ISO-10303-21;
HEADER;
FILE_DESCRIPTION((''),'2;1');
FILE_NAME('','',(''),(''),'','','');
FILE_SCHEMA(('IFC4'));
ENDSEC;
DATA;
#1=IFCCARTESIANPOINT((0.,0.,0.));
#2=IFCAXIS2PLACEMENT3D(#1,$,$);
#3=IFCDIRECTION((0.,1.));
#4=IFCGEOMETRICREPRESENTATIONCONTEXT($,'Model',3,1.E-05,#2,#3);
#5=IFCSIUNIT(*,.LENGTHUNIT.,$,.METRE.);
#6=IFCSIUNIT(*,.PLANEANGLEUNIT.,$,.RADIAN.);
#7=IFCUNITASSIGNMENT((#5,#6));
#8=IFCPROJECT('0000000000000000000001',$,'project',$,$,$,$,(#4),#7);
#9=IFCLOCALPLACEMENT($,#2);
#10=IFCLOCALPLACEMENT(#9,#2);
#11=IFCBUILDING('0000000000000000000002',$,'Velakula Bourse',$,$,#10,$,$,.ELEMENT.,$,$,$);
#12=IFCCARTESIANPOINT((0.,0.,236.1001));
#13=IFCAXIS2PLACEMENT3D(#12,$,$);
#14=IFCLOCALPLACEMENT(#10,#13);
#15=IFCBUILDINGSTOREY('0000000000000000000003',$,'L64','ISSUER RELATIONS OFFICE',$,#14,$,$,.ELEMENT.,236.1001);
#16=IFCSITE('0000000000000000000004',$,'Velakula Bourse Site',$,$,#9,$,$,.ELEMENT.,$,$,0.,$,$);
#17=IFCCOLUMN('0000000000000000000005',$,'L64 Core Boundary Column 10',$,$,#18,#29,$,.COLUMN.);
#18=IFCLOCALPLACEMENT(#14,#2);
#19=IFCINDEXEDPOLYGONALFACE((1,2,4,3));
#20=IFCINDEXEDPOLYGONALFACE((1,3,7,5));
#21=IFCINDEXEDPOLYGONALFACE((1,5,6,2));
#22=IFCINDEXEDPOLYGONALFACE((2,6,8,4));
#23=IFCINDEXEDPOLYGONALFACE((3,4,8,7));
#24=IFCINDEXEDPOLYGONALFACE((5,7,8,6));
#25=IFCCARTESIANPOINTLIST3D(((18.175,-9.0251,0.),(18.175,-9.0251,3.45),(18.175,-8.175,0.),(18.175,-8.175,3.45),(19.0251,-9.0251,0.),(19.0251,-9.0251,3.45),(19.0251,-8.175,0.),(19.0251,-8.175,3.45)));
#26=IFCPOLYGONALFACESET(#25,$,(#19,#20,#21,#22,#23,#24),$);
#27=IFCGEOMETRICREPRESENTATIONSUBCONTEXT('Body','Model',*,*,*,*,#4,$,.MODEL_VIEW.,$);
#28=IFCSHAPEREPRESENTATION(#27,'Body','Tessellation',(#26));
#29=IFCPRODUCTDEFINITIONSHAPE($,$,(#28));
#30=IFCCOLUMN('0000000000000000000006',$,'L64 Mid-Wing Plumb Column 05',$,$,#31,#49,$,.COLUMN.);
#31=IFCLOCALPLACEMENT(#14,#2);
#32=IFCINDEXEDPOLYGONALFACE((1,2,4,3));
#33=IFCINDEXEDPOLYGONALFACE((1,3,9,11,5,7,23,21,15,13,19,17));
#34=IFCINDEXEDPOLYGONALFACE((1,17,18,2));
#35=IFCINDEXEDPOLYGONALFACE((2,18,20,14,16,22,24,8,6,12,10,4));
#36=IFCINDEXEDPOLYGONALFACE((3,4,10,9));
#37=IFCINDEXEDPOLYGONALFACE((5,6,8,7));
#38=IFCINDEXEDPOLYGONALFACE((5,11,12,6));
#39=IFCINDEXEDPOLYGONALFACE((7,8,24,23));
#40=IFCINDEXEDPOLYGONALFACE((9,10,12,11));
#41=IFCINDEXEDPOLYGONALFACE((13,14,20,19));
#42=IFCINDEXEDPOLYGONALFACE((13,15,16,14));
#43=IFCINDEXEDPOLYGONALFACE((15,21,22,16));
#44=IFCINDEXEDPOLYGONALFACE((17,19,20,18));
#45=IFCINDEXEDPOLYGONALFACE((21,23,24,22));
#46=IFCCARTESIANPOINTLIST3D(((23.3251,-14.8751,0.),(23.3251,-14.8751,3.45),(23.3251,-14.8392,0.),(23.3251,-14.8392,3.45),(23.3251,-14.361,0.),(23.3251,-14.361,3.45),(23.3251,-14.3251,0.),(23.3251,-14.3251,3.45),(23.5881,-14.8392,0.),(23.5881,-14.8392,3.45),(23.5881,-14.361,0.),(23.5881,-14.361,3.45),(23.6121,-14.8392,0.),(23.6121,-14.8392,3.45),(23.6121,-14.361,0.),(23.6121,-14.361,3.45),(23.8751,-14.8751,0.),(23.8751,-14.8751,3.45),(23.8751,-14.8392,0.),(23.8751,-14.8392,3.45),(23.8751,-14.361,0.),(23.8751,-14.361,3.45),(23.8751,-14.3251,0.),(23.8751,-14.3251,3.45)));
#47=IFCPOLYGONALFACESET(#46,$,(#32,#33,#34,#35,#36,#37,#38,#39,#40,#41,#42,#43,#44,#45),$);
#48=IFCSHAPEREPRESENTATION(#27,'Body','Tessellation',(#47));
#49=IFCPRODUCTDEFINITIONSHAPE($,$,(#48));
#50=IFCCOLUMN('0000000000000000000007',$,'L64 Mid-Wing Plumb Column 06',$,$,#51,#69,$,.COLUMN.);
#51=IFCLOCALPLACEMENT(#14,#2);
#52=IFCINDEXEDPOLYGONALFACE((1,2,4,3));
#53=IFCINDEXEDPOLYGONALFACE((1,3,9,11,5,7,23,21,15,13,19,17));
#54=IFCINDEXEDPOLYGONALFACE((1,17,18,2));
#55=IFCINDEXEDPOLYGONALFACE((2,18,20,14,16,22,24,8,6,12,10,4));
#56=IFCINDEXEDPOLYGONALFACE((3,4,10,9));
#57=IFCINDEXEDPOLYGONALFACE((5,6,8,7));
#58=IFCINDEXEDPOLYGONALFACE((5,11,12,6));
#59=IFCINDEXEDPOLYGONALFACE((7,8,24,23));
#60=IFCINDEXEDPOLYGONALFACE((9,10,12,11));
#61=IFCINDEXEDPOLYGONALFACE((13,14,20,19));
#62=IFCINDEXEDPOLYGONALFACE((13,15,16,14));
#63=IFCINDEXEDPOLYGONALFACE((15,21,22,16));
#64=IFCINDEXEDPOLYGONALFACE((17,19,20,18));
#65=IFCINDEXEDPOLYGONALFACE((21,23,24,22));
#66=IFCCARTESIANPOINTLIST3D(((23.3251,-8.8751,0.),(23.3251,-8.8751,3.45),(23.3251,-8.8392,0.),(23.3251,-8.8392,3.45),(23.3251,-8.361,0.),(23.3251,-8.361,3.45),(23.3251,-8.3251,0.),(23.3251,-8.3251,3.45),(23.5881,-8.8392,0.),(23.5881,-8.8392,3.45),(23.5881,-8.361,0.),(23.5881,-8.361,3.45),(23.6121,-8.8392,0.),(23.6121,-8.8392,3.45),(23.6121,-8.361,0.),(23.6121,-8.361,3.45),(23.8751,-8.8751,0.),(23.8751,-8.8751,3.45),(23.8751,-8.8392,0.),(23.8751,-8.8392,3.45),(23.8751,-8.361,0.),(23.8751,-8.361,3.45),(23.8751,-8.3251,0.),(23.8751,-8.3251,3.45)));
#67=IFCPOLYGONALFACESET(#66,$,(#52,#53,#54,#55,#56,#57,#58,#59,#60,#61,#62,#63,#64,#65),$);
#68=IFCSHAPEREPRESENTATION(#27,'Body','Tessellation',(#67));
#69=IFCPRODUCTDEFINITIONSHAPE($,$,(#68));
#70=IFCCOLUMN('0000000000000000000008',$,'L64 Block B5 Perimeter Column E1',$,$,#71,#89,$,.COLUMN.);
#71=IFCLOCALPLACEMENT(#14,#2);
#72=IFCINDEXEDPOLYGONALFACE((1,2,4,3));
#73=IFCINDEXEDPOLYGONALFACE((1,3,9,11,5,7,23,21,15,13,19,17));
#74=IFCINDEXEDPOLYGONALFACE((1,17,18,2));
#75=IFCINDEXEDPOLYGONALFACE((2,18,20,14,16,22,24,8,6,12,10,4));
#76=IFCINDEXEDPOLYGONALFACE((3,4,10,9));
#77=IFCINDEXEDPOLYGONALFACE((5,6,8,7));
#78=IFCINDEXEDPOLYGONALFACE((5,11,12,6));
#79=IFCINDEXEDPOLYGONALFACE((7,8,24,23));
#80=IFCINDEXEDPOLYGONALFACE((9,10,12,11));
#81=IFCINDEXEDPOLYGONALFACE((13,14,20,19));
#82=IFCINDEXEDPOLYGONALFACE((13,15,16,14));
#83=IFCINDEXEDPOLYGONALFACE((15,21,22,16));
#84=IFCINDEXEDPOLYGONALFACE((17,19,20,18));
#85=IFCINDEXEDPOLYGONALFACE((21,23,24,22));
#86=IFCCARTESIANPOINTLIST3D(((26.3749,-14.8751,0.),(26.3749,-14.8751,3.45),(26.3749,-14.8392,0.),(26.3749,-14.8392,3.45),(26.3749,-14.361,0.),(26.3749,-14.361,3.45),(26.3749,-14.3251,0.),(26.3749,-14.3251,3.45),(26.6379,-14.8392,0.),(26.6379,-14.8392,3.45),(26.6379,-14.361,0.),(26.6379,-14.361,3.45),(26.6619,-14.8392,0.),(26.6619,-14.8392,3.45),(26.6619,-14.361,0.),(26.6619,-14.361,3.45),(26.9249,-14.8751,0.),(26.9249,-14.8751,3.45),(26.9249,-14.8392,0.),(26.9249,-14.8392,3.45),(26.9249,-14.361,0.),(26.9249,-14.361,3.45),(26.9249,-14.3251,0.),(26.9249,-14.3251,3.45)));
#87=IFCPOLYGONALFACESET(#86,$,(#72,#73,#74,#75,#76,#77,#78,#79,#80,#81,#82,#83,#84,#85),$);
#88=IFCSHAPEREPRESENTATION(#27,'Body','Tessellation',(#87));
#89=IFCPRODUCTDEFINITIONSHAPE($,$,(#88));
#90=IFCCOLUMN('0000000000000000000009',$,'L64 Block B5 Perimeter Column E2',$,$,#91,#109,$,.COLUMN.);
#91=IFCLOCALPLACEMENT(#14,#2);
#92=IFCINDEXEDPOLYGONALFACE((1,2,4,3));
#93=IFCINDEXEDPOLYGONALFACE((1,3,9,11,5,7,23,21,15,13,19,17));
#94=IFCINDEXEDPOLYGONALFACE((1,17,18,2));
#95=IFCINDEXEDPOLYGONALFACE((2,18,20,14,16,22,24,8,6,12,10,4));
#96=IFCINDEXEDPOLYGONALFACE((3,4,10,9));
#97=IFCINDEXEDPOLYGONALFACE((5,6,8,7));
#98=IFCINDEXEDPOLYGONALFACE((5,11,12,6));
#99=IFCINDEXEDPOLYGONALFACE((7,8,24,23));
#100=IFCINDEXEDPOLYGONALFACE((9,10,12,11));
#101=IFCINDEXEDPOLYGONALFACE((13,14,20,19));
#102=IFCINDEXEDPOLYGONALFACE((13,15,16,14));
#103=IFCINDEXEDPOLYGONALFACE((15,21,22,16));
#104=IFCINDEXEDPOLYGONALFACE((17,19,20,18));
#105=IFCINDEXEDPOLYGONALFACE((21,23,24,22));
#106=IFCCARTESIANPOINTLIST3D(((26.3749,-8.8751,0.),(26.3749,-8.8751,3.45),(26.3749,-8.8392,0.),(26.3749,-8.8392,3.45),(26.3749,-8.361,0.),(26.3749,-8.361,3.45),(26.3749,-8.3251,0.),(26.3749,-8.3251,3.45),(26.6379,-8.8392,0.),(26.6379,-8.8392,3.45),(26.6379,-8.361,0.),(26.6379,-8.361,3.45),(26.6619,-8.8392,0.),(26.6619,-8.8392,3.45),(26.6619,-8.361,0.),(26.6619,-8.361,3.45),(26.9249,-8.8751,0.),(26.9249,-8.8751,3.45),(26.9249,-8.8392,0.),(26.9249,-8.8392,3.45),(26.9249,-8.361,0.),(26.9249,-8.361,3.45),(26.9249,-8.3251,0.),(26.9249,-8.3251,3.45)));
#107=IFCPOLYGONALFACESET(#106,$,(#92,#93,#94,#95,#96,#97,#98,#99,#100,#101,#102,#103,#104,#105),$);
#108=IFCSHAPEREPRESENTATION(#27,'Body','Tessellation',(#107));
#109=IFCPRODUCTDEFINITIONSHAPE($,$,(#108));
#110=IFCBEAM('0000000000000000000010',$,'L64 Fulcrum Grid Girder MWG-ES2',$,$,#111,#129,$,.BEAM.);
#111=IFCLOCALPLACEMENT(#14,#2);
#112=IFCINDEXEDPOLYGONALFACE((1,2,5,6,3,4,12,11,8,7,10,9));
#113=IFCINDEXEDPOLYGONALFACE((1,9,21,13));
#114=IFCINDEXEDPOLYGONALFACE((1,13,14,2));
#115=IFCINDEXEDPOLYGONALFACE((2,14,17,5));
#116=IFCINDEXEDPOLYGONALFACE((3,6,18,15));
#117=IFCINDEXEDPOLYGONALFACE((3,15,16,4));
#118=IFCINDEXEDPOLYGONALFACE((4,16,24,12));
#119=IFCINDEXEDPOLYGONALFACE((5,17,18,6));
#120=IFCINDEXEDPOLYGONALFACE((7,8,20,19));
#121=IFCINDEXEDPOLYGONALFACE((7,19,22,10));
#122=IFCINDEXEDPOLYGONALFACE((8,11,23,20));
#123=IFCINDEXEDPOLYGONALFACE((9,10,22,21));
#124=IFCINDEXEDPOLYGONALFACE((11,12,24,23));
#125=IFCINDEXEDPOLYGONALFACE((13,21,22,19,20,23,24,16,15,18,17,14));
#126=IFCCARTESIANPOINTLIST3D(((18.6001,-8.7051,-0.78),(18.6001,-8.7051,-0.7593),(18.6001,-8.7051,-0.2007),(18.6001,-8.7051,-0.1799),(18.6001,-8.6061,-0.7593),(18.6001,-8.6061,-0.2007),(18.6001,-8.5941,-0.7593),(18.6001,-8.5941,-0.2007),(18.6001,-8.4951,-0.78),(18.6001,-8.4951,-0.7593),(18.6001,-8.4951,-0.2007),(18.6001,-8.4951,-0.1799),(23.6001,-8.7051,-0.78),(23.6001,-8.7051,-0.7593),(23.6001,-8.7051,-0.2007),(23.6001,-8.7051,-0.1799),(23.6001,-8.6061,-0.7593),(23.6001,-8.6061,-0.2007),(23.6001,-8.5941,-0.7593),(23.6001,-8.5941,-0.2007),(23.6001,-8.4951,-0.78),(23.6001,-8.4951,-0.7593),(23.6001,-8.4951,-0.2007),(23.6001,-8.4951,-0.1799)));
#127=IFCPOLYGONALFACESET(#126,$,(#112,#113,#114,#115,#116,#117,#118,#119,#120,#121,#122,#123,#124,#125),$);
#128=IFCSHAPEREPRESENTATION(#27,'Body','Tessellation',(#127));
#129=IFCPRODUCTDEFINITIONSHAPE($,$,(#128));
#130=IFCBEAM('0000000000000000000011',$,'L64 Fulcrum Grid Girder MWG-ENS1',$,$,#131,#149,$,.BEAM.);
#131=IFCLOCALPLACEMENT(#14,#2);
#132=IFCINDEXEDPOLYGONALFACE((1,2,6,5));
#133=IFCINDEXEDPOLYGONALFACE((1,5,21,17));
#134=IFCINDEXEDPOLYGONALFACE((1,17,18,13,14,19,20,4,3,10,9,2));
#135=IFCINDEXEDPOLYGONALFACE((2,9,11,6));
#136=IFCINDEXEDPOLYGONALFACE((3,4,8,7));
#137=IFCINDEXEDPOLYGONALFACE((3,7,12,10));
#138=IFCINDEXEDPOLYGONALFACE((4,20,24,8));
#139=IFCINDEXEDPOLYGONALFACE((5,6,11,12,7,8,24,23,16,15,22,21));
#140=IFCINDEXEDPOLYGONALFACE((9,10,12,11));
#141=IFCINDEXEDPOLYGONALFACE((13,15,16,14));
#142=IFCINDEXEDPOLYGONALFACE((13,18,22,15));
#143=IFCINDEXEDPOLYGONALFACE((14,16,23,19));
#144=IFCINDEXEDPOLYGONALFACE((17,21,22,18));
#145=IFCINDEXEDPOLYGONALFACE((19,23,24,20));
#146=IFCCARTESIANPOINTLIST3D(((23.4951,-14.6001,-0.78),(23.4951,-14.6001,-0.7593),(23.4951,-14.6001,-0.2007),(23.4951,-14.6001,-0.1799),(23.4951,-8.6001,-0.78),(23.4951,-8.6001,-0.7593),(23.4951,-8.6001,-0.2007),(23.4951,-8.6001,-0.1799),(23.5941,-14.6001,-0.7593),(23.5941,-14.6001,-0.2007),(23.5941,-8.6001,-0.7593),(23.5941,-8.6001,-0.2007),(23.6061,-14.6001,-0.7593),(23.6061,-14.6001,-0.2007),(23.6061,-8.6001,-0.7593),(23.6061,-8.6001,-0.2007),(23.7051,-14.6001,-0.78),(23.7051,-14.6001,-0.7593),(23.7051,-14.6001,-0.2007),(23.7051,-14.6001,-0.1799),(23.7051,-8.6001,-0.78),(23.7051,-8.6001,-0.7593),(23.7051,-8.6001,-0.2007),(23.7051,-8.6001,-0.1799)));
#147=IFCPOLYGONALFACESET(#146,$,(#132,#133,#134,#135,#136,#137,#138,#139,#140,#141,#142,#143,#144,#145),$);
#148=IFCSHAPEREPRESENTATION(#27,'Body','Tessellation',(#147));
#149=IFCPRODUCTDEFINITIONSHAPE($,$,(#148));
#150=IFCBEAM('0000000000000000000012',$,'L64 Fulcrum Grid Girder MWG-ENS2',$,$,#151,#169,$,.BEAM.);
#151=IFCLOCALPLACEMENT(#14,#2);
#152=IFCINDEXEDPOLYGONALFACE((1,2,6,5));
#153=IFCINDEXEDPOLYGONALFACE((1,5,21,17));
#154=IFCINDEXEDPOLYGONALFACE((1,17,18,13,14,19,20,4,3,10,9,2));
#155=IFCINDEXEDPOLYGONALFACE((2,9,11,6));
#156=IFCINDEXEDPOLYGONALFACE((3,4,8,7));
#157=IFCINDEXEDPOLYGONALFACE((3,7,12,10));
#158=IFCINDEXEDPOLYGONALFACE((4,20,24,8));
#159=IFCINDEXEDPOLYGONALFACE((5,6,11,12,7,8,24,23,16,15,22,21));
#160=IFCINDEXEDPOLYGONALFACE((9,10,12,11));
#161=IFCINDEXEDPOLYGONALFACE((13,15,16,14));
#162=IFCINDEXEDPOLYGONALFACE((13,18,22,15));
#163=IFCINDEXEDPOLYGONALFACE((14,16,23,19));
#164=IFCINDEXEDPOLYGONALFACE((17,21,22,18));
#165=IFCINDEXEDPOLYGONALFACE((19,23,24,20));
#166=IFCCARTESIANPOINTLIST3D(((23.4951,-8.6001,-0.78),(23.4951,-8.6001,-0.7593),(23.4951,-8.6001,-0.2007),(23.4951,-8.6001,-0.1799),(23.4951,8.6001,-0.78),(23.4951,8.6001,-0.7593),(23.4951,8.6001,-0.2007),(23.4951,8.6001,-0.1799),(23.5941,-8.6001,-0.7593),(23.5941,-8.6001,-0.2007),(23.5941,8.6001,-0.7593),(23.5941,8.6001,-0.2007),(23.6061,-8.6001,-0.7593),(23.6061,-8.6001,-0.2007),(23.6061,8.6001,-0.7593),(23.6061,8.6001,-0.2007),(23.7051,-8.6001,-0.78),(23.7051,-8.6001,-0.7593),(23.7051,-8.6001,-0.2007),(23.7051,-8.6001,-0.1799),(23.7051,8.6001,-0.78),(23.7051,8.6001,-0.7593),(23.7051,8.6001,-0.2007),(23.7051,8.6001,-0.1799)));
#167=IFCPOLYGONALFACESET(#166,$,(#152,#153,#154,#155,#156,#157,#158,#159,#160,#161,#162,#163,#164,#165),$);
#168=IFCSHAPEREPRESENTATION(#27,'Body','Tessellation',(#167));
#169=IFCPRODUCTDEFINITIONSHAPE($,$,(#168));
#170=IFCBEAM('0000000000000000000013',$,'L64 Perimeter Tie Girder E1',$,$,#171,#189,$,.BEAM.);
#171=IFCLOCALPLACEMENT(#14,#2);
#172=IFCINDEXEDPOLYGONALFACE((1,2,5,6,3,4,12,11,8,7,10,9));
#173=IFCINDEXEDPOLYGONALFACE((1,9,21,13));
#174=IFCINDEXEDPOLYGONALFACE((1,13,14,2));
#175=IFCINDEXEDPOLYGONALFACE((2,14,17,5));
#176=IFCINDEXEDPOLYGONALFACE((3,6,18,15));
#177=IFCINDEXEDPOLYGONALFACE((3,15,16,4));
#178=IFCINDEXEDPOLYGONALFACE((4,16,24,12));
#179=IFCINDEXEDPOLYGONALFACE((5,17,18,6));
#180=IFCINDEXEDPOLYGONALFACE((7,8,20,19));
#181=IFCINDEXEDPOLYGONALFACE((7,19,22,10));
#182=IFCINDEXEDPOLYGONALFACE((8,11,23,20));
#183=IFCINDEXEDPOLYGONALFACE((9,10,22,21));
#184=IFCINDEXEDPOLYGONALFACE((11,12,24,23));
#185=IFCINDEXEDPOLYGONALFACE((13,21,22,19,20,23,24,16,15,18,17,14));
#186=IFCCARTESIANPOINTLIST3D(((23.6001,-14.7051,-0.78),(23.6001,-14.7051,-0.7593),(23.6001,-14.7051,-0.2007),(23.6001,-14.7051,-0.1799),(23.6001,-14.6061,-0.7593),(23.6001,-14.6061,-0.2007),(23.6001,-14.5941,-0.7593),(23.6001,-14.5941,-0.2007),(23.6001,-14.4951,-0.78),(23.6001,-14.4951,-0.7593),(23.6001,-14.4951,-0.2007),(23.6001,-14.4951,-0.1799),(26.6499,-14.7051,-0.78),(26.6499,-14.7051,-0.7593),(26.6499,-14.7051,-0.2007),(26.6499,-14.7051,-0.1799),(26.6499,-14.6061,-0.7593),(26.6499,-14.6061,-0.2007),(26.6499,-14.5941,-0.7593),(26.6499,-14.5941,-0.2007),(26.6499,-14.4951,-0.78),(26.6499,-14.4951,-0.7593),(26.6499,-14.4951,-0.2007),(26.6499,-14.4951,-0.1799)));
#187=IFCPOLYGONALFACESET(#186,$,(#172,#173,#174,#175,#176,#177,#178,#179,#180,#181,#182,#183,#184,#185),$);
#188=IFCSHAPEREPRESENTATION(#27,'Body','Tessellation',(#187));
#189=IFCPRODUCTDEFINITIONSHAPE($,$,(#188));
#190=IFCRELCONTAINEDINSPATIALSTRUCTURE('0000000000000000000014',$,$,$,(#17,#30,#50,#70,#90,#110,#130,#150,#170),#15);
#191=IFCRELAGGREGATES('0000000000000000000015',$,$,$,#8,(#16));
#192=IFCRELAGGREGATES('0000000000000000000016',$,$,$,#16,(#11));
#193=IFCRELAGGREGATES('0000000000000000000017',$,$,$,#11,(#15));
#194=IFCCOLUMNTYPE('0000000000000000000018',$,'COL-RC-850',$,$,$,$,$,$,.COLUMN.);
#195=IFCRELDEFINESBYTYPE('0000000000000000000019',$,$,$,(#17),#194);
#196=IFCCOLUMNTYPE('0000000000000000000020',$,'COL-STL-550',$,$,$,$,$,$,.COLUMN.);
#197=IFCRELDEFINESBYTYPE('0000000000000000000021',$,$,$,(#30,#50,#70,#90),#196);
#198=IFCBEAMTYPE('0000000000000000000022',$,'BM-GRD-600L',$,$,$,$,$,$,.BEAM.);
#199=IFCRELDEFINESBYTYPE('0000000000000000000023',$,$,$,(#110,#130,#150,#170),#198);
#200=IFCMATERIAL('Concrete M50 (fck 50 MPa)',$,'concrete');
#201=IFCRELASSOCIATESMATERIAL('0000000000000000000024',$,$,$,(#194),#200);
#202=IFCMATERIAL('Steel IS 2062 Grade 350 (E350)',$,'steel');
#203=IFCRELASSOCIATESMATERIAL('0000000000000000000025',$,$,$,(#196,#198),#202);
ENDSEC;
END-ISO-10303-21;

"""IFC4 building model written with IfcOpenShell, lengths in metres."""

from ifc_helpers import new_model, si_unit, direction, frame, origin, origin_2d, place, context, subcontext, project, spatial, rectangle, i_section, extrude, material, material_profile, profile_set, type_object, element, save


model = new_model("IFC4")

# Units and contexts
model_context = context("Model", 3, precision=1e-05, world=origin(), true_north=direction((0.0, 1.0)))
body_context = subcontext(model_context, "Body", "Model", "MODEL_VIEW")
ifc_project = project(units=[si_unit("LENGTHUNIT", "METRE"), si_unit("PLANEANGLEUNIT", "RADIAN")], contexts=[model_context])

# Site, building, storey
site_placement = place(None, origin())
site = spatial("IfcSite", under=ifc_project, at=site_placement, Name="Velakula Bourse Site", CompositionType="ELEMENT", RefElevation=0.0)
building_placement = place(site_placement, origin())
building = spatial("IfcBuilding", under=site, at=building_placement, Name="Velakula Bourse", CompositionType="ELEMENT")
storey_placement = place(building_placement, frame((0.0, 0.0, 236.1001)))
storey = spatial("IfcBuildingStorey", under=building, at=storey_placement, Name="L64", Description="ISSUER RELATIONS OFFICE", CompositionType="ELEMENT", Elevation=236.1001)

# Columns
ifc_material_1 = material(Name="Concrete M50 (fck 50 MPa)", Category="concrete")
ifc_material_profile_1 = material_profile(ifc_material_1, rectangle(XDim=0.8501, YDim=0.8501, at=origin_2d()), Name="Concrete M50 (fck 50 MPa)")
ifc_profile_set_1 = profile_set([ifc_material_profile_1], Name="Concrete M50 (fck 50 MPa)")
column_type_1 = type_object("IfcColumnType", Name="COL-RC-850", PredefinedType="COLUMN", material=ifc_profile_set_1)
column_placement = place(storey_placement, frame((18.6001, -8.6001, 0.0), z_axis=(0.0, 0.0, 1.0), x_axis=(1.0, 0.0, 0.0)))
element("IfcColumn", 1, at=column_placement, inside=storey, type_object=column_type_1, Name="L64 Core Boundary Column 10", PredefinedType="COLUMN", context=body_context, shape_type="SweptSolid", body=[
    extrude(rectangle(XDim=0.8501, YDim=0.8501, at=origin_2d()), origin(), (0.0, 0.0, 1.0), 3.45),
])
ifc_material_2 = material(Name="Steel IS 2062 Grade 350 (E350)", Category="steel")
ifc_material_profile_2 = material_profile(ifc_material_2, i_section(OverallWidth=0.55, OverallDepth=0.55, WebThickness=0.0239, FlangeThickness=0.0359, at=origin_2d()), Name="Steel IS 2062 Grade 350 (E350)")
ifc_profile_set_2 = profile_set([ifc_material_profile_2], Name="Steel IS 2062 Grade 350 (E350)")
column_type_2 = type_object("IfcColumnType", Name="COL-STL-550", PredefinedType="COLUMN", material=ifc_profile_set_2)
for number, where, z_axis, x_axis, name in (
    (2, (23.6001, -14.6001, 0.0), (0.0, 0.0, 1.0), (1.0, 0.0, 0.0), "L64 Mid-Wing Plumb Column 05"),
    (3, (23.6001, -8.6001, 0.0), (0.0, 0.0, 1.0), (1.0, 0.0, 0.0), "L64 Mid-Wing Plumb Column 06"),
    (4, (26.6499, -14.6001, 0.0), (0.0, 0.0, 1.0), (1.0, 0.0, 0.0), "L64 Block B5 Perimeter Column E1"),
    (5, (26.6499, -8.6001, 0.0), (0.0, 0.0, 1.0), (1.0, 0.0, 0.0), "L64 Block B5 Perimeter Column E2"),
):
    element("IfcColumn", number, at=place(storey_placement, frame(where, z_axis=z_axis, x_axis=x_axis)), inside=storey, type_object=column_type_2, Name=name, PredefinedType="COLUMN", context=body_context, shape_type="SweptSolid", body=[
        extrude(i_section(OverallWidth=0.55, OverallDepth=0.55, WebThickness=0.0239, FlangeThickness=0.0359, at=origin_2d()), origin(), (0.0, 0.0, 1.0), 3.45),
    ])

# Beams
ifc_material_profile_3 = material_profile(ifc_material_2, i_section(OverallWidth=0.21, OverallDepth=0.6001, WebThickness=0.012, FlangeThickness=0.0208, at=origin_2d()), Name="Steel IS 2062 Grade 350 (E350)")
ifc_profile_set_3 = profile_set([ifc_material_profile_3], Name="Steel IS 2062 Grade 350 (E350)")
beam_type_1 = type_object("IfcBeamType", Name="BM-GRD-600L", PredefinedType="BEAM", material=ifc_profile_set_3)
beam_1_placement = place(storey_placement, frame((18.6001, -8.6001, -0.48), z_axis=(1.0, 0.0, 0.0), x_axis=(0.0, 1.0, 0.0)))
element("IfcBeam", 6, at=beam_1_placement, inside=storey, type_object=beam_type_1, Name="L64 Fulcrum Grid Girder MWG-ES2", PredefinedType="BEAM", context=body_context, shape_type="SweptSolid", body=[
    extrude(i_section(OverallWidth=0.21, OverallDepth=0.6001, WebThickness=0.012, FlangeThickness=0.0208, at=origin_2d()), origin(), (0.0, 0.0, 1.0), 5.0),
])
beam_2_placement = place(storey_placement, frame((23.6001, -14.6001, -0.48), z_axis=(0.0, 1.0, 0.0), x_axis=(-1.0, 0.0, 0.0)))
element("IfcBeam", 7, at=beam_2_placement, inside=storey, type_object=beam_type_1, Name="L64 Fulcrum Grid Girder MWG-ENS1", PredefinedType="BEAM", context=body_context, shape_type="SweptSolid", body=[
    extrude(i_section(OverallWidth=0.21, OverallDepth=0.6001, WebThickness=0.012, FlangeThickness=0.0208, at=origin_2d()), origin(), (0.0, 0.0, 1.0), 6.0),
])
beam_3_placement = place(storey_placement, frame((23.6001, -8.6001, -0.48), z_axis=(0.0, 1.0, 0.0), x_axis=(-1.0, 0.0, 0.0)))
element("IfcBeam", 8, at=beam_3_placement, inside=storey, type_object=beam_type_1, Name="L64 Fulcrum Grid Girder MWG-ENS2", PredefinedType="BEAM", context=body_context, shape_type="SweptSolid", body=[
    extrude(i_section(OverallWidth=0.21, OverallDepth=0.6001, WebThickness=0.012, FlangeThickness=0.0208, at=origin_2d()), origin(), (0.0, 0.0, 1.0), 17.2002),
])
for number, where, z_axis, x_axis, name in (
    (9, (23.6001, -14.6001, -0.48), (1.0, 0.0, 0.0), (0.0, 1.0, 0.0), "L64 Perimeter Tie Girder E1"),
):
    element("IfcBeam", number, at=place(storey_placement, frame(where, z_axis=z_axis, x_axis=x_axis)), inside=storey, type_object=beam_type_1, Name=name, PredefinedType="BEAM", context=body_context, shape_type="SweptSolid", body=[
        extrude(i_section(OverallWidth=0.21, OverallDepth=0.6001, WebThickness=0.012, FlangeThickness=0.0208, at=origin_2d()), origin(), (0.0, 0.0, 1.0), 3.0498),
    ])

save(model, "model.ifc")
